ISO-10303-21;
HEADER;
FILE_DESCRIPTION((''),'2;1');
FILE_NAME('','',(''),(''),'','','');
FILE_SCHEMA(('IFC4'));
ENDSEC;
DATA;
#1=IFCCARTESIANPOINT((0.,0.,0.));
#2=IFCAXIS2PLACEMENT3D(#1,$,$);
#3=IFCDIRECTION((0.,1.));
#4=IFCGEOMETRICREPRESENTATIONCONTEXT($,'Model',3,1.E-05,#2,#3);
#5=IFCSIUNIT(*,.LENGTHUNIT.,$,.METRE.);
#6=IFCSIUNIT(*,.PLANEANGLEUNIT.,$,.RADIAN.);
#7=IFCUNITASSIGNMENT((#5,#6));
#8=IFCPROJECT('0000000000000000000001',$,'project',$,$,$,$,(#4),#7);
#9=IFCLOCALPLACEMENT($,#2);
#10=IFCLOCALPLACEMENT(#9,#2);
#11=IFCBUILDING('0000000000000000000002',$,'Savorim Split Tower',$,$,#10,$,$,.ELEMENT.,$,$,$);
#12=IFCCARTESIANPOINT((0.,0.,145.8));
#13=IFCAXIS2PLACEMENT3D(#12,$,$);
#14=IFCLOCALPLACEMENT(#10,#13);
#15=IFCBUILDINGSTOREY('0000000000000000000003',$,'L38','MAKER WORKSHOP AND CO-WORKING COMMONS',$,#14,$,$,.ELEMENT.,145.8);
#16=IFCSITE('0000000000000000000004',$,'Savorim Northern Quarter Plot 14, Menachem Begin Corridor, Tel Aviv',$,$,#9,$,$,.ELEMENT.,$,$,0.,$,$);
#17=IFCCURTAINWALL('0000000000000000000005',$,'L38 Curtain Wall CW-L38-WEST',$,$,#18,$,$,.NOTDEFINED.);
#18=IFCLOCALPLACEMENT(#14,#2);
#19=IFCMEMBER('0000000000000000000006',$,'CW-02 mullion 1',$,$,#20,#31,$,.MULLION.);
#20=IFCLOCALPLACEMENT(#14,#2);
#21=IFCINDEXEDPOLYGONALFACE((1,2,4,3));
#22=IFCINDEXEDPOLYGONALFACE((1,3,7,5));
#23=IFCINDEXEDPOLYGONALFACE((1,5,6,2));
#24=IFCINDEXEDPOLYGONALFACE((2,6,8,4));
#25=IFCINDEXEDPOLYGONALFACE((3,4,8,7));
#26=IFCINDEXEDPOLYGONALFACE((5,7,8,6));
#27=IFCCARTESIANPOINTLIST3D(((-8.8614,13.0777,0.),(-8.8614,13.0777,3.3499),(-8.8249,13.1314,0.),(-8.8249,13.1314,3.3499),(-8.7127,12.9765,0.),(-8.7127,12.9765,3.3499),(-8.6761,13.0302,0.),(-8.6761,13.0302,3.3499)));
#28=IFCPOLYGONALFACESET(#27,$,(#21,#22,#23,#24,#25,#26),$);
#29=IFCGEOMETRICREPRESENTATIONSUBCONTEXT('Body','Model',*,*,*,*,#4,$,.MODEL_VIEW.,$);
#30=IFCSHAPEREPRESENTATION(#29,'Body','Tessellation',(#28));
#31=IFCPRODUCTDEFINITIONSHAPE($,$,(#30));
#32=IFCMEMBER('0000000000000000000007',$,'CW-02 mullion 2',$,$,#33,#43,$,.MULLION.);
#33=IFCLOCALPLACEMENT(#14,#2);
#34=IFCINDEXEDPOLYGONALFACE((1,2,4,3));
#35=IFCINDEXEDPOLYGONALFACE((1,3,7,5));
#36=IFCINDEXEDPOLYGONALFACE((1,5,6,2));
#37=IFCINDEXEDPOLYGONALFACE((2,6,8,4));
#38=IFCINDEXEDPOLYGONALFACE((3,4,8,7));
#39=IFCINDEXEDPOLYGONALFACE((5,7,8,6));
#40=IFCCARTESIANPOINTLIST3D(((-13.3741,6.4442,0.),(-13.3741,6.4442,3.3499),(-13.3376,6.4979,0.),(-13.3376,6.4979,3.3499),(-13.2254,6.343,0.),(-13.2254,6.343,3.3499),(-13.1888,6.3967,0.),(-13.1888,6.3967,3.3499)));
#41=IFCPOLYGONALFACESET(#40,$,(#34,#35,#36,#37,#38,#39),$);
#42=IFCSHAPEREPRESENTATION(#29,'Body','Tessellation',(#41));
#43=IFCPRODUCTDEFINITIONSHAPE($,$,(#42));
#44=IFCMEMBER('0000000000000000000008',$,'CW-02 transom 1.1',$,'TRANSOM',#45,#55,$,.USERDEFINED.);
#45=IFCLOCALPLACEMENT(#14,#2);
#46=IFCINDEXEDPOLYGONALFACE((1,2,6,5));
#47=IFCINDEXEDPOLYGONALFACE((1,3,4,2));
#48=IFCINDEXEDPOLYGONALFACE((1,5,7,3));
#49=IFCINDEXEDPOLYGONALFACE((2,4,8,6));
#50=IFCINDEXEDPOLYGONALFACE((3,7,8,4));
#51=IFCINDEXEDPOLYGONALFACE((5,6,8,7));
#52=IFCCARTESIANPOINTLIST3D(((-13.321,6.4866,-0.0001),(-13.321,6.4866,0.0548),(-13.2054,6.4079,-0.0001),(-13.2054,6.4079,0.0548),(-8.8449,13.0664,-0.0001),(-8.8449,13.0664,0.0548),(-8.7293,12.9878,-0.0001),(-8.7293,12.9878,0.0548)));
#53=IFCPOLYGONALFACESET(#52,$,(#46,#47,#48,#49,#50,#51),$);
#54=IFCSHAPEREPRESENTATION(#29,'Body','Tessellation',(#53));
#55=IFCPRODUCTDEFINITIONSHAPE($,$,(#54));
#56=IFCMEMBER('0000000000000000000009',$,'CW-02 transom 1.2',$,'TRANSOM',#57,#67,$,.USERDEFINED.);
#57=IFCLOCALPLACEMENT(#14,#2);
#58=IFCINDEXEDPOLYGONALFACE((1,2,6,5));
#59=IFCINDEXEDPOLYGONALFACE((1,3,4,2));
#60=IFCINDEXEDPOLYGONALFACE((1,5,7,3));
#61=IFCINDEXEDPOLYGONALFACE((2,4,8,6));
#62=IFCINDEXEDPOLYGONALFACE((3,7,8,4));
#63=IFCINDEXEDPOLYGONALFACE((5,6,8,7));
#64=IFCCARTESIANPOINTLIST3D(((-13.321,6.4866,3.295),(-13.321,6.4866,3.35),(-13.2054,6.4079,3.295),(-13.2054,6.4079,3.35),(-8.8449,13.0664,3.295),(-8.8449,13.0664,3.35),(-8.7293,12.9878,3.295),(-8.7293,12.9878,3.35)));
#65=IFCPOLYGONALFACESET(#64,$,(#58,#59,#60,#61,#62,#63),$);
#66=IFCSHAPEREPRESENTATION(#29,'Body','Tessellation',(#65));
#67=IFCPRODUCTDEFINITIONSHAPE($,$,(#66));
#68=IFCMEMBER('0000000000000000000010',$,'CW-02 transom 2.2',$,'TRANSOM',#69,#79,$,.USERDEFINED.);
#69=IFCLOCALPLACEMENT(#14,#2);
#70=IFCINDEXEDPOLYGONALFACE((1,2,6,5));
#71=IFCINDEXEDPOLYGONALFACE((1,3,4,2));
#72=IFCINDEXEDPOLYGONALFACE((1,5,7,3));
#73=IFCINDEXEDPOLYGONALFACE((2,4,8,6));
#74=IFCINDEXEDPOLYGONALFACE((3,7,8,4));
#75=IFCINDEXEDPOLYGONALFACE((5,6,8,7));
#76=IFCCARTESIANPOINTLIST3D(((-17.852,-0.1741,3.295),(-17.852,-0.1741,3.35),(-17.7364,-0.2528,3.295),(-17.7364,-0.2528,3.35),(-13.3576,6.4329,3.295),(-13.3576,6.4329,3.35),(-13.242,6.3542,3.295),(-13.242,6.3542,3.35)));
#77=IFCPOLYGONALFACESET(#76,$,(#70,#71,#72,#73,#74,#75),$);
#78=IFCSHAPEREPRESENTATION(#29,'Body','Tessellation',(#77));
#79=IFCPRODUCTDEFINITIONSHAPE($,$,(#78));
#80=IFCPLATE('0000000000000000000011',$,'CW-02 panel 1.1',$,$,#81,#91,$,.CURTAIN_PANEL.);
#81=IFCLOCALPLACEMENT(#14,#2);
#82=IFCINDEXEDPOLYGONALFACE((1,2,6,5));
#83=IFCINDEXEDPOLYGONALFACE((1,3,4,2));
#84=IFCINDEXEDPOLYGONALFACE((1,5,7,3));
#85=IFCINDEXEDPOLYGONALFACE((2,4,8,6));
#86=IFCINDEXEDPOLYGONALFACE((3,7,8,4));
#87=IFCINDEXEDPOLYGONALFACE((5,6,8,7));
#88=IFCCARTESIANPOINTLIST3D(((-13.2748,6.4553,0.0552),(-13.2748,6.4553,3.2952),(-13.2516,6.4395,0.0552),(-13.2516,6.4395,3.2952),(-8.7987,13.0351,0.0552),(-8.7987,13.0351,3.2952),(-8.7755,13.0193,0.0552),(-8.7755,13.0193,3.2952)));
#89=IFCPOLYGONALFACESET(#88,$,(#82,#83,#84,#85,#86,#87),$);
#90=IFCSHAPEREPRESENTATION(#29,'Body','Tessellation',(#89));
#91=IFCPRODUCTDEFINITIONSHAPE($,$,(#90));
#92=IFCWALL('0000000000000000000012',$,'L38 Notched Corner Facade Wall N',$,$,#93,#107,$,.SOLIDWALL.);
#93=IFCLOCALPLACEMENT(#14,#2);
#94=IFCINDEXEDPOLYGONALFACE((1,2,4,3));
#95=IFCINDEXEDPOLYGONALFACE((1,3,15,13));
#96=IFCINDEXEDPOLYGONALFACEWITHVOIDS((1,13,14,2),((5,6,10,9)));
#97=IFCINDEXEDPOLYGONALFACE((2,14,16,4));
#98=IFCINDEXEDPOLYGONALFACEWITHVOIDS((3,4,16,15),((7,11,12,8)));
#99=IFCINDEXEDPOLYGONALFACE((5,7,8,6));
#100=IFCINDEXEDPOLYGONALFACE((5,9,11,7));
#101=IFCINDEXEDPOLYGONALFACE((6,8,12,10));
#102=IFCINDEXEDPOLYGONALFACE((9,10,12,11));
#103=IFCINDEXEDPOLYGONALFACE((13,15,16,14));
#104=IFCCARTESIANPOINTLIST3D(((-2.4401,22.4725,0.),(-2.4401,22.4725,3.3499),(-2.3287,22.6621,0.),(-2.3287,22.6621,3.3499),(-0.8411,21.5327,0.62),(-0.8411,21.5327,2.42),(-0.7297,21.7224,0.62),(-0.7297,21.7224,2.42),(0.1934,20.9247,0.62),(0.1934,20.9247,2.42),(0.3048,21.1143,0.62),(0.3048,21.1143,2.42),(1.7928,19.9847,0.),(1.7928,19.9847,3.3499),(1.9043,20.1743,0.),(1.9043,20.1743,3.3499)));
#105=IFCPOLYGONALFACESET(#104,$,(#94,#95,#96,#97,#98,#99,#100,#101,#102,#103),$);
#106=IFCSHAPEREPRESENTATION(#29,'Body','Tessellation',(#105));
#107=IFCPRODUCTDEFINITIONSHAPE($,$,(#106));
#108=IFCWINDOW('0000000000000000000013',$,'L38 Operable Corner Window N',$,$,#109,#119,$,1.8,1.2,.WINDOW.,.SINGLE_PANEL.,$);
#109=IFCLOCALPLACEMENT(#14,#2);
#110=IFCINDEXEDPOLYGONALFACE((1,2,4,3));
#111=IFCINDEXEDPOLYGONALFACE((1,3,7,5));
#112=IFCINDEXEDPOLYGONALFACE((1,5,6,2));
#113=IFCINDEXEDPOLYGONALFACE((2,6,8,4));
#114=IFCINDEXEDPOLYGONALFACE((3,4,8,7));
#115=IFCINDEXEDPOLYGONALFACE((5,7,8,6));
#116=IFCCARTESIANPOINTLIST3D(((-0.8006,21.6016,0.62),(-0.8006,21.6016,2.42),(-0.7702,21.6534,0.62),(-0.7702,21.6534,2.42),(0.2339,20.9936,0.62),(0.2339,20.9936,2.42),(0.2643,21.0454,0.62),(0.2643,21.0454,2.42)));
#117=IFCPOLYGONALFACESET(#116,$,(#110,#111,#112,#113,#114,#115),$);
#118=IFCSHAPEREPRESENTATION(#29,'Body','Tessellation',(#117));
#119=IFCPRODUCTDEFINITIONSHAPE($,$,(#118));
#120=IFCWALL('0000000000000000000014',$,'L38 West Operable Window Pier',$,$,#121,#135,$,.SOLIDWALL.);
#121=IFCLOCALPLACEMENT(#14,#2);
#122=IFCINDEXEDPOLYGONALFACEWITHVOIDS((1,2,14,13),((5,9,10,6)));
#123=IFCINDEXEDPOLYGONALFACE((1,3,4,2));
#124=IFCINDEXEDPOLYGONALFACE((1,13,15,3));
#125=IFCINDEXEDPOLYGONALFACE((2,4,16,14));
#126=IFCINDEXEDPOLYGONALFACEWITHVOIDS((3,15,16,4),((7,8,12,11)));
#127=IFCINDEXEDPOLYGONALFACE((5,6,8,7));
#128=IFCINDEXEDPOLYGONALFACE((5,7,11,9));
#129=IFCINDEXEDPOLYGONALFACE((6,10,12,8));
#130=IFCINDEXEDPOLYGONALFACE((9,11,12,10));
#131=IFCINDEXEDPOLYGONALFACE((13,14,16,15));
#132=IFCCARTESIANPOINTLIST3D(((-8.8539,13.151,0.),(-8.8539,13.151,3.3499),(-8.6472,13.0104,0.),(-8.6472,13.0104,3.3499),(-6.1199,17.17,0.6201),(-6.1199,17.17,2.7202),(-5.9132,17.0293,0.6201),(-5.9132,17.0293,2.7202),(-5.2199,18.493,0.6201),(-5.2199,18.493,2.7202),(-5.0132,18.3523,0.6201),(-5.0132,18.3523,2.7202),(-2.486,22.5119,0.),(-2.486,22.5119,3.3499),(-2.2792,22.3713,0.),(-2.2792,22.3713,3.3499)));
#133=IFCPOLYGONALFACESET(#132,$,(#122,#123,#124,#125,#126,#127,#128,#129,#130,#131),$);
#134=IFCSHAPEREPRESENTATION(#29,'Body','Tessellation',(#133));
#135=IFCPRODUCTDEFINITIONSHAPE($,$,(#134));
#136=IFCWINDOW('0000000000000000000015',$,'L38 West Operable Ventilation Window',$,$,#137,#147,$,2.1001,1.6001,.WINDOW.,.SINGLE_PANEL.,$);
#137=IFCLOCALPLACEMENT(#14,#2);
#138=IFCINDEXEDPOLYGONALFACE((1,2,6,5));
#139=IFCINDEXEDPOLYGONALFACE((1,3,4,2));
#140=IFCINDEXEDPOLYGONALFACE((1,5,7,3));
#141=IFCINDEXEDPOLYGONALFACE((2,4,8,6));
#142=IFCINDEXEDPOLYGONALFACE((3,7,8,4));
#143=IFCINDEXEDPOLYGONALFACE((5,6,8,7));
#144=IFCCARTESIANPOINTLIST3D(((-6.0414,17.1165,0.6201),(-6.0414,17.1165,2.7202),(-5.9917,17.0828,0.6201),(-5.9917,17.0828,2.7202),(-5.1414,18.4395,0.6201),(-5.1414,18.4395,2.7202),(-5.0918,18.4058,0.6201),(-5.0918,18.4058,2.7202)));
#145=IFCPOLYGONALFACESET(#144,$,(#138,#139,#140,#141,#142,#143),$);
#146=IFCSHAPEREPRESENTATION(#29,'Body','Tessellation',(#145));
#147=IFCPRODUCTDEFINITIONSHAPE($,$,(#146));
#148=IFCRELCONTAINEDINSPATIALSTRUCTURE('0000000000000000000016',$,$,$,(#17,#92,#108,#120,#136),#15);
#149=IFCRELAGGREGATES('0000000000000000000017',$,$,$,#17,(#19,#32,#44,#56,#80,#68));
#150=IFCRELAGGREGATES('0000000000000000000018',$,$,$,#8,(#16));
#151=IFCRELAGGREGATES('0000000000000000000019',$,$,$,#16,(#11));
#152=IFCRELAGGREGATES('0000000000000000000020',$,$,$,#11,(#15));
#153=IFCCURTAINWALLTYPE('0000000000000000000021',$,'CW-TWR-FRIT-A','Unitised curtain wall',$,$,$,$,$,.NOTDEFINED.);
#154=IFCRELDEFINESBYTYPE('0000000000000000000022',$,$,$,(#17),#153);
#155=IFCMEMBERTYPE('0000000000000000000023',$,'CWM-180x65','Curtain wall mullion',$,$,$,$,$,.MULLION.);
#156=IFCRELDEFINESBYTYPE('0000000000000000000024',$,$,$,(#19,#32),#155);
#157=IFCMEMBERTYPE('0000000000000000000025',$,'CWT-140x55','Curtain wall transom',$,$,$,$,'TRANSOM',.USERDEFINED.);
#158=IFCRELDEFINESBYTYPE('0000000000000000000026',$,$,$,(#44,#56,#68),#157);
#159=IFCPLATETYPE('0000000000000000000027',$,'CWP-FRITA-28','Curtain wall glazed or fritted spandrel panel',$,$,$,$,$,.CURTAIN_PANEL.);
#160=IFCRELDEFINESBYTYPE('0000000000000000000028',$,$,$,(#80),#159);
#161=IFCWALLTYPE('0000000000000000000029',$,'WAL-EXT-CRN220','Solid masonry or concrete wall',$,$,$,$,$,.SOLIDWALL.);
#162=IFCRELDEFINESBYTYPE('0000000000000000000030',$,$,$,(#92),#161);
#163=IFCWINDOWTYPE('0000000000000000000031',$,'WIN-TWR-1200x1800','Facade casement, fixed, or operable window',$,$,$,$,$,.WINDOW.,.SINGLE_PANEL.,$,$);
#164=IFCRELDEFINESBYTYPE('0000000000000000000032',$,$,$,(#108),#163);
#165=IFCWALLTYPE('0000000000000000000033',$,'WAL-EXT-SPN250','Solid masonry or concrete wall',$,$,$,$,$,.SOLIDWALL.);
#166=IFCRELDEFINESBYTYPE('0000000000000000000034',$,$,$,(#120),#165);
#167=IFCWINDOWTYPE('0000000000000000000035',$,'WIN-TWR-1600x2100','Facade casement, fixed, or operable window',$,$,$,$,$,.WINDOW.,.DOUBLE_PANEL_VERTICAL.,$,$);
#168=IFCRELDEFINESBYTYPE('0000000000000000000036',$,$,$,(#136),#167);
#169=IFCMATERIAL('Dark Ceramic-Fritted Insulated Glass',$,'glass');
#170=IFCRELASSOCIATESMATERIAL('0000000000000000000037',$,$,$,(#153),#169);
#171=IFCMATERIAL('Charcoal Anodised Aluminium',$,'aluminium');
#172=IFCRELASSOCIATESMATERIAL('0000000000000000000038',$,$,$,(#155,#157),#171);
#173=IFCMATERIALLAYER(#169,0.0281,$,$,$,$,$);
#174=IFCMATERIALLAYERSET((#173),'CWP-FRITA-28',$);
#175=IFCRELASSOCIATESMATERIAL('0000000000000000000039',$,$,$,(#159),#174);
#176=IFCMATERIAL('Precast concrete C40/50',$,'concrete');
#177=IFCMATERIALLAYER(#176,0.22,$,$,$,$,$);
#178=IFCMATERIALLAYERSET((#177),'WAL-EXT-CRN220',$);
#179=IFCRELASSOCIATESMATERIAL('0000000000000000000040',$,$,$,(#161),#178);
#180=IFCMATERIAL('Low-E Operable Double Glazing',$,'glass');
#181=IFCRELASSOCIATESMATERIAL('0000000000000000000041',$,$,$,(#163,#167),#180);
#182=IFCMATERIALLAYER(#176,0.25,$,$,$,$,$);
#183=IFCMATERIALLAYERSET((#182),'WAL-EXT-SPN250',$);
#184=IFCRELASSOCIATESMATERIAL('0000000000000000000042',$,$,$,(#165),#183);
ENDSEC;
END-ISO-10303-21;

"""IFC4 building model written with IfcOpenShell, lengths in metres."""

from ifc_helpers import new_model, si_unit, direction, frame, frame_2d, origin, origin_2d, place, context, subcontext, project, spatial, rectangle, extrude, material, layer, layer_set, material_profile, profile_set, type_object, element, fill, aggregate, save


model = new_model("IFC4")

# Units and contexts
model_context = context("Model", 3, precision=1e-05, world=origin(), true_north=direction((0.0, 1.0)))
body_context = subcontext(model_context, "Body", "Model", "MODEL_VIEW")
ifc_project = project(units=[si_unit("LENGTHUNIT", "METRE"), si_unit("PLANEANGLEUNIT", "RADIAN")], contexts=[model_context])

# Site, building, storey
site_placement = place(None, origin())
site = spatial("IfcSite", under=ifc_project, at=site_placement, Name="Savorim Northern Quarter Plot 14, Menachem Begin Corridor, Tel Aviv", CompositionType="ELEMENT", RefElevation=0.0)
building_placement = place(site_placement, origin())
building = spatial("IfcBuilding", under=site, at=building_placement, Name="Savorim Split Tower", CompositionType="ELEMENT")
storey_placement = place(building_placement, frame((0.0, 0.0, 145.8)))
storey = spatial("IfcBuildingStorey", under=building, at=storey_placement, Name="L38", Description="MAKER WORKSHOP AND CO-WORKING COMMONS", CompositionType="ELEMENT", Elevation=145.8)

# Curtain wall, members, plate
ifc_material_1 = material(Name="Dark Ceramic-Fritted Insulated Glass", Category="glass")
curtain_wall_type = type_object("IfcCurtainWallType", Name="CW-TWR-FRIT-A", Description="Unitised curtain wall", PredefinedType="NOTDEFINED", material=ifc_material_1)
curtain_wall_placement = place(storey_placement, origin())
curtain_wall = element("IfcCurtainWall", 1, at=curtain_wall_placement, inside=storey, type_object=curtain_wall_type, Name="L38 Curtain Wall CW-L38-WEST", PredefinedType="NOTDEFINED")
ifc_material_2 = material(Name="Charcoal Anodised Aluminium", Category="aluminium")
ifc_material_profile_1 = material_profile(ifc_material_2, rectangle(XDim=0.1799, YDim=0.0649, at=origin_2d()), Name="ALU-M 180x65")
ifc_profile_set_1 = profile_set([ifc_material_profile_1], Name="Charcoal Anodised Aluminium")
member_type_1 = type_object("IfcMemberType", Name="CWM-180x65", Description="Curtain wall mullion", PredefinedType="MULLION", material=ifc_profile_set_1)
member_1_placement = place(storey_placement, frame((-8.7688, 13.054, 0.0), z_axis=(0.0, 0.0, 1.0), x_axis=(0.82682, -0.562466, 0.0)))
member_1 = element("IfcMember", 2, at=member_1_placement, type_object=member_type_1, Name="CW-02 mullion 1", PredefinedType="MULLION", context=body_context, shape_type="SweptSolid", body=[
    extrude(rectangle(XDim=0.1799, YDim=0.0649, at=origin_2d()), origin(), (0.0, 0.0, 1.0), 3.3499),
])
member_2_placement = place(storey_placement, frame((-13.2815, 6.4204, 0.0), z_axis=(0.0, 0.0, 1.0), x_axis=(0.82682, -0.562466, 0.0)))
member_2 = element("IfcMember", 3, at=member_2_placement, type_object=member_type_1, Name="CW-02 mullion 2", PredefinedType="MULLION", context=body_context, shape_type="SweptSolid", body=[
    extrude(rectangle(XDim=0.1799, YDim=0.0649, at=origin_2d()), origin(), (0.0, 0.0, 1.0), 3.3499),
])
ifc_material_profile_2 = material_profile(ifc_material_2, rectangle(XDim=0.1399, YDim=0.0549, at=origin_2d()), Name="ALU-T 140x55")
ifc_profile_set_2 = profile_set([ifc_material_profile_2], Name="Charcoal Anodised Aluminium")
member_type_2 = type_object("IfcMemberType", Name="CWT-140x55", Description="Curtain wall transom", ElementType="TRANSOM", PredefinedType="USERDEFINED", material=ifc_profile_set_2)
member_3_placement = place(storey_placement, frame((-8.7871, 13.0271, 0.0273), z_axis=(-0.562464, -0.826822, 0.0), x_axis=(0.826822, -0.562464, 0.0)))
member_3 = element("IfcMember", 4, at=member_3_placement, type_object=member_type_2, Name="CW-02 transom 1.1", ObjectType="TRANSOM", PredefinedType="USERDEFINED", context=body_context, shape_type="SweptSolid", body=[
    extrude(rectangle(XDim=0.1399, YDim=0.0549, at=origin_2d()), origin(), (0.0, 0.0, 1.0), 7.958),
])
member_4_placement = place(storey_placement, frame((-8.7871, 13.0271, 3.3225), z_axis=(-0.562464, -0.826822, 0.0), x_axis=(0.826822, -0.562464, 0.0)))
member_4 = element("IfcMember", 5, at=member_4_placement, type_object=member_type_2, Name="CW-02 transom 1.2", ObjectType="TRANSOM", PredefinedType="USERDEFINED", context=body_context, shape_type="SweptSolid", body=[
    extrude(rectangle(XDim=0.1399, YDim=0.0549, at=origin_2d()), origin(), (0.0, 0.0, 1.0), 7.958),
])
member_5_placement = place(storey_placement, frame((-13.2998, 6.3936, 3.3225), z_axis=(-0.562453, -0.826829, 0.0), x_axis=(0.826829, -0.562453, 0.0)))
member_5 = element("IfcMember", 6, at=member_5_placement, type_object=member_type_2, Name="CW-02 transom 2.2", ObjectType="TRANSOM", PredefinedType="USERDEFINED", context=body_context, shape_type="SweptSolid", body=[
    extrude(rectangle(XDim=0.1399, YDim=0.0549, at=origin_2d()), origin(), (0.0, 0.0, 1.0), 7.9907),
])
ifc_layer_1 = layer(ifc_material_1, 0.0281)
ifc_layer_set_1 = layer_set([ifc_layer_1], Name="CWP-FRITA-28")
plate_type = type_object("IfcPlateType", Name="CWP-FRITA-28", Description="Curtain wall glazed or fritted spandrel panel", PredefinedType="CURTAIN_PANEL", material=ifc_layer_set_1)
plate_placement = place(storey_placement, frame((-11.0251, 9.7373, 0.0552), z_axis=(0.0, 0.0, 1.0), x_axis=(-0.562466, -0.82682, 0.0)))
plate = element("IfcPlate", 7, at=plate_placement, type_object=plate_type, Name="CW-02 panel 1.1", PredefinedType="CURTAIN_PANEL", context=body_context, shape_type="SweptSolid", body=[
    extrude(rectangle(XDim=7.958, YDim=0.0281, at=origin_2d()), origin(), (0.0, 0.0, 1.0), 3.24),
])
aggregate(curtain_wall, [member_1, member_2, member_3, member_4, plate, member_5])

# Walls, openings, windows
ifc_material_3 = material(Name="Precast concrete C40/50", Category="concrete")
ifc_layer_2 = layer(ifc_material_3, 0.22)
ifc_layer_set_2 = layer_set([ifc_layer_2], Name="WAL-EXT-CRN220")
wall_type_1 = type_object("IfcWallType", Name="WAL-EXT-CRN220", Description="Solid masonry or concrete wall", PredefinedType="SOLIDWALL", material=ifc_layer_set_2)
wall_1_placement = place(storey_placement, frame((-2.3845, 22.5674, 0.0), z_axis=(0.0, 0.0, 1.0), x_axis=(0.862126, -0.506694, 0.0)))
wall_1 = element("IfcWall", 8, at=wall_1_placement, inside=storey, type_object=wall_type_1, Name="L38 Notched Corner Facade Wall N", PredefinedType="SOLIDWALL", context=body_context, shape_type="SweptSolid", body=[
    extrude(rectangle(XDim=4.9099, YDim=0.22, at=frame_2d((2.4551, 0.0))), origin(), (0.0, 0.0, 1.0), 3.3499),
])
opening_1_placement = place(wall_1_placement, frame((1.8547, 0.0, 0.6201)))
opening_1 = element("IfcOpeningElement", 9, at=opening_1_placement, cuts=wall_1, PredefinedType="OPENING", context=body_context, shape_type="SweptSolid", body=[
    extrude(rectangle(XDim=1.2, YDim=1.8, at=frame_2d((0.6001, 0.8999))), frame((0.0, 0.1199, 0.0), z_axis=(0.0, -1.0, 0.0), x_axis=(1.0, 0.0, 0.0)), (0.0, 0.0, 1.0), 0.24),
])
ifc_material_4 = material(Name="Low-E Operable Double Glazing", Category="glass")
window_type_1 = type_object("IfcWindowType", Name="WIN-TWR-1200x1800", Description="Facade casement, fixed, or operable window", PartitioningType="SINGLE_PANEL", PredefinedType="WINDOW", material=ifc_material_4)
window_1_placement = place(opening_1_placement, origin())
window_1 = element("IfcWindow", 10, at=window_1_placement, inside=storey, type_object=window_type_1, Name="L38 Operable Corner Window N", OverallHeight=1.8, OverallWidth=1.2, PartitioningType="SINGLE_PANEL", PredefinedType="WINDOW", context=body_context, shape_type="SweptSolid", body=[
    extrude(rectangle(XDim=1.2, YDim=1.8, at=frame_2d((0.6001, 0.8999))), frame((0.0, 0.03, 0.0), z_axis=(0.0, -1.0, 0.0), x_axis=(1.0, 0.0, 0.0)), (0.0, 0.0, 1.0), 0.0601),
])
fill(opening_1, window_1)
ifc_layer_3 = layer(ifc_material_3, 0.25)
ifc_layer_set_3 = layer_set([ifc_layer_3], Name="WAL-EXT-SPN250")
wall_type_2 = type_object("IfcWallType", Name="WAL-EXT-SPN250", Description="Solid masonry or concrete wall", PredefinedType="SOLIDWALL", material=ifc_layer_set_3)
wall_2_placement = place(storey_placement, frame((-8.7505, 13.0808, 0.0), z_axis=(0.0, 0.0, 1.0), x_axis=(0.562464, 0.826822, 0.0)))
wall_2 = element("IfcWall", 11, at=wall_2_placement, inside=storey, type_object=wall_type_2, Name="L38 West Operable Window Pier", PredefinedType="SOLIDWALL", context=body_context, shape_type="SweptSolid", body=[
    extrude(rectangle(XDim=11.3215, YDim=0.25, at=frame_2d((5.6606, 0.0))), origin(), (0.0, 0.0, 1.0), 3.3499),
])
opening_2_placement = place(wall_2_placement, frame((4.8606, 0.0, 0.6201)))
opening_2 = element("IfcOpeningElement", 12, at=opening_2_placement, cuts=wall_2, PredefinedType="OPENING", context=body_context, shape_type="SweptSolid", body=[
    extrude(rectangle(XDim=1.6001, YDim=2.1001, at=frame_2d((0.8, 1.05))), frame((0.0, 0.135, 0.0), z_axis=(0.0, -1.0, 0.0), x_axis=(1.0, 0.0, 0.0)), (0.0, 0.0, 1.0), 0.27),
])
window_type_2 = type_object("IfcWindowType", Name="WIN-TWR-1600x2100", Description="Facade casement, fixed, or operable window", PartitioningType="DOUBLE_PANEL_VERTICAL", PredefinedType="WINDOW", material=ifc_material_4)
window_2_placement = place(opening_2_placement, origin())
window_2 = element("IfcWindow", 13, at=window_2_placement, inside=storey, type_object=window_type_2, Name="L38 West Operable Ventilation Window", OverallHeight=2.1001, OverallWidth=1.6001, PartitioningType="SINGLE_PANEL", PredefinedType="WINDOW", context=body_context, shape_type="SweptSolid", body=[
    extrude(rectangle(XDim=1.6001, YDim=2.1001, at=frame_2d((0.8, 1.05))), frame((0.0, 0.03, 0.0), z_axis=(0.0, -1.0, 0.0), x_axis=(1.0, 0.0, 0.0)), (0.0, 0.0, 1.0), 0.0601),
])
fill(opening_2, window_2)

save(model, "model.ifc")
